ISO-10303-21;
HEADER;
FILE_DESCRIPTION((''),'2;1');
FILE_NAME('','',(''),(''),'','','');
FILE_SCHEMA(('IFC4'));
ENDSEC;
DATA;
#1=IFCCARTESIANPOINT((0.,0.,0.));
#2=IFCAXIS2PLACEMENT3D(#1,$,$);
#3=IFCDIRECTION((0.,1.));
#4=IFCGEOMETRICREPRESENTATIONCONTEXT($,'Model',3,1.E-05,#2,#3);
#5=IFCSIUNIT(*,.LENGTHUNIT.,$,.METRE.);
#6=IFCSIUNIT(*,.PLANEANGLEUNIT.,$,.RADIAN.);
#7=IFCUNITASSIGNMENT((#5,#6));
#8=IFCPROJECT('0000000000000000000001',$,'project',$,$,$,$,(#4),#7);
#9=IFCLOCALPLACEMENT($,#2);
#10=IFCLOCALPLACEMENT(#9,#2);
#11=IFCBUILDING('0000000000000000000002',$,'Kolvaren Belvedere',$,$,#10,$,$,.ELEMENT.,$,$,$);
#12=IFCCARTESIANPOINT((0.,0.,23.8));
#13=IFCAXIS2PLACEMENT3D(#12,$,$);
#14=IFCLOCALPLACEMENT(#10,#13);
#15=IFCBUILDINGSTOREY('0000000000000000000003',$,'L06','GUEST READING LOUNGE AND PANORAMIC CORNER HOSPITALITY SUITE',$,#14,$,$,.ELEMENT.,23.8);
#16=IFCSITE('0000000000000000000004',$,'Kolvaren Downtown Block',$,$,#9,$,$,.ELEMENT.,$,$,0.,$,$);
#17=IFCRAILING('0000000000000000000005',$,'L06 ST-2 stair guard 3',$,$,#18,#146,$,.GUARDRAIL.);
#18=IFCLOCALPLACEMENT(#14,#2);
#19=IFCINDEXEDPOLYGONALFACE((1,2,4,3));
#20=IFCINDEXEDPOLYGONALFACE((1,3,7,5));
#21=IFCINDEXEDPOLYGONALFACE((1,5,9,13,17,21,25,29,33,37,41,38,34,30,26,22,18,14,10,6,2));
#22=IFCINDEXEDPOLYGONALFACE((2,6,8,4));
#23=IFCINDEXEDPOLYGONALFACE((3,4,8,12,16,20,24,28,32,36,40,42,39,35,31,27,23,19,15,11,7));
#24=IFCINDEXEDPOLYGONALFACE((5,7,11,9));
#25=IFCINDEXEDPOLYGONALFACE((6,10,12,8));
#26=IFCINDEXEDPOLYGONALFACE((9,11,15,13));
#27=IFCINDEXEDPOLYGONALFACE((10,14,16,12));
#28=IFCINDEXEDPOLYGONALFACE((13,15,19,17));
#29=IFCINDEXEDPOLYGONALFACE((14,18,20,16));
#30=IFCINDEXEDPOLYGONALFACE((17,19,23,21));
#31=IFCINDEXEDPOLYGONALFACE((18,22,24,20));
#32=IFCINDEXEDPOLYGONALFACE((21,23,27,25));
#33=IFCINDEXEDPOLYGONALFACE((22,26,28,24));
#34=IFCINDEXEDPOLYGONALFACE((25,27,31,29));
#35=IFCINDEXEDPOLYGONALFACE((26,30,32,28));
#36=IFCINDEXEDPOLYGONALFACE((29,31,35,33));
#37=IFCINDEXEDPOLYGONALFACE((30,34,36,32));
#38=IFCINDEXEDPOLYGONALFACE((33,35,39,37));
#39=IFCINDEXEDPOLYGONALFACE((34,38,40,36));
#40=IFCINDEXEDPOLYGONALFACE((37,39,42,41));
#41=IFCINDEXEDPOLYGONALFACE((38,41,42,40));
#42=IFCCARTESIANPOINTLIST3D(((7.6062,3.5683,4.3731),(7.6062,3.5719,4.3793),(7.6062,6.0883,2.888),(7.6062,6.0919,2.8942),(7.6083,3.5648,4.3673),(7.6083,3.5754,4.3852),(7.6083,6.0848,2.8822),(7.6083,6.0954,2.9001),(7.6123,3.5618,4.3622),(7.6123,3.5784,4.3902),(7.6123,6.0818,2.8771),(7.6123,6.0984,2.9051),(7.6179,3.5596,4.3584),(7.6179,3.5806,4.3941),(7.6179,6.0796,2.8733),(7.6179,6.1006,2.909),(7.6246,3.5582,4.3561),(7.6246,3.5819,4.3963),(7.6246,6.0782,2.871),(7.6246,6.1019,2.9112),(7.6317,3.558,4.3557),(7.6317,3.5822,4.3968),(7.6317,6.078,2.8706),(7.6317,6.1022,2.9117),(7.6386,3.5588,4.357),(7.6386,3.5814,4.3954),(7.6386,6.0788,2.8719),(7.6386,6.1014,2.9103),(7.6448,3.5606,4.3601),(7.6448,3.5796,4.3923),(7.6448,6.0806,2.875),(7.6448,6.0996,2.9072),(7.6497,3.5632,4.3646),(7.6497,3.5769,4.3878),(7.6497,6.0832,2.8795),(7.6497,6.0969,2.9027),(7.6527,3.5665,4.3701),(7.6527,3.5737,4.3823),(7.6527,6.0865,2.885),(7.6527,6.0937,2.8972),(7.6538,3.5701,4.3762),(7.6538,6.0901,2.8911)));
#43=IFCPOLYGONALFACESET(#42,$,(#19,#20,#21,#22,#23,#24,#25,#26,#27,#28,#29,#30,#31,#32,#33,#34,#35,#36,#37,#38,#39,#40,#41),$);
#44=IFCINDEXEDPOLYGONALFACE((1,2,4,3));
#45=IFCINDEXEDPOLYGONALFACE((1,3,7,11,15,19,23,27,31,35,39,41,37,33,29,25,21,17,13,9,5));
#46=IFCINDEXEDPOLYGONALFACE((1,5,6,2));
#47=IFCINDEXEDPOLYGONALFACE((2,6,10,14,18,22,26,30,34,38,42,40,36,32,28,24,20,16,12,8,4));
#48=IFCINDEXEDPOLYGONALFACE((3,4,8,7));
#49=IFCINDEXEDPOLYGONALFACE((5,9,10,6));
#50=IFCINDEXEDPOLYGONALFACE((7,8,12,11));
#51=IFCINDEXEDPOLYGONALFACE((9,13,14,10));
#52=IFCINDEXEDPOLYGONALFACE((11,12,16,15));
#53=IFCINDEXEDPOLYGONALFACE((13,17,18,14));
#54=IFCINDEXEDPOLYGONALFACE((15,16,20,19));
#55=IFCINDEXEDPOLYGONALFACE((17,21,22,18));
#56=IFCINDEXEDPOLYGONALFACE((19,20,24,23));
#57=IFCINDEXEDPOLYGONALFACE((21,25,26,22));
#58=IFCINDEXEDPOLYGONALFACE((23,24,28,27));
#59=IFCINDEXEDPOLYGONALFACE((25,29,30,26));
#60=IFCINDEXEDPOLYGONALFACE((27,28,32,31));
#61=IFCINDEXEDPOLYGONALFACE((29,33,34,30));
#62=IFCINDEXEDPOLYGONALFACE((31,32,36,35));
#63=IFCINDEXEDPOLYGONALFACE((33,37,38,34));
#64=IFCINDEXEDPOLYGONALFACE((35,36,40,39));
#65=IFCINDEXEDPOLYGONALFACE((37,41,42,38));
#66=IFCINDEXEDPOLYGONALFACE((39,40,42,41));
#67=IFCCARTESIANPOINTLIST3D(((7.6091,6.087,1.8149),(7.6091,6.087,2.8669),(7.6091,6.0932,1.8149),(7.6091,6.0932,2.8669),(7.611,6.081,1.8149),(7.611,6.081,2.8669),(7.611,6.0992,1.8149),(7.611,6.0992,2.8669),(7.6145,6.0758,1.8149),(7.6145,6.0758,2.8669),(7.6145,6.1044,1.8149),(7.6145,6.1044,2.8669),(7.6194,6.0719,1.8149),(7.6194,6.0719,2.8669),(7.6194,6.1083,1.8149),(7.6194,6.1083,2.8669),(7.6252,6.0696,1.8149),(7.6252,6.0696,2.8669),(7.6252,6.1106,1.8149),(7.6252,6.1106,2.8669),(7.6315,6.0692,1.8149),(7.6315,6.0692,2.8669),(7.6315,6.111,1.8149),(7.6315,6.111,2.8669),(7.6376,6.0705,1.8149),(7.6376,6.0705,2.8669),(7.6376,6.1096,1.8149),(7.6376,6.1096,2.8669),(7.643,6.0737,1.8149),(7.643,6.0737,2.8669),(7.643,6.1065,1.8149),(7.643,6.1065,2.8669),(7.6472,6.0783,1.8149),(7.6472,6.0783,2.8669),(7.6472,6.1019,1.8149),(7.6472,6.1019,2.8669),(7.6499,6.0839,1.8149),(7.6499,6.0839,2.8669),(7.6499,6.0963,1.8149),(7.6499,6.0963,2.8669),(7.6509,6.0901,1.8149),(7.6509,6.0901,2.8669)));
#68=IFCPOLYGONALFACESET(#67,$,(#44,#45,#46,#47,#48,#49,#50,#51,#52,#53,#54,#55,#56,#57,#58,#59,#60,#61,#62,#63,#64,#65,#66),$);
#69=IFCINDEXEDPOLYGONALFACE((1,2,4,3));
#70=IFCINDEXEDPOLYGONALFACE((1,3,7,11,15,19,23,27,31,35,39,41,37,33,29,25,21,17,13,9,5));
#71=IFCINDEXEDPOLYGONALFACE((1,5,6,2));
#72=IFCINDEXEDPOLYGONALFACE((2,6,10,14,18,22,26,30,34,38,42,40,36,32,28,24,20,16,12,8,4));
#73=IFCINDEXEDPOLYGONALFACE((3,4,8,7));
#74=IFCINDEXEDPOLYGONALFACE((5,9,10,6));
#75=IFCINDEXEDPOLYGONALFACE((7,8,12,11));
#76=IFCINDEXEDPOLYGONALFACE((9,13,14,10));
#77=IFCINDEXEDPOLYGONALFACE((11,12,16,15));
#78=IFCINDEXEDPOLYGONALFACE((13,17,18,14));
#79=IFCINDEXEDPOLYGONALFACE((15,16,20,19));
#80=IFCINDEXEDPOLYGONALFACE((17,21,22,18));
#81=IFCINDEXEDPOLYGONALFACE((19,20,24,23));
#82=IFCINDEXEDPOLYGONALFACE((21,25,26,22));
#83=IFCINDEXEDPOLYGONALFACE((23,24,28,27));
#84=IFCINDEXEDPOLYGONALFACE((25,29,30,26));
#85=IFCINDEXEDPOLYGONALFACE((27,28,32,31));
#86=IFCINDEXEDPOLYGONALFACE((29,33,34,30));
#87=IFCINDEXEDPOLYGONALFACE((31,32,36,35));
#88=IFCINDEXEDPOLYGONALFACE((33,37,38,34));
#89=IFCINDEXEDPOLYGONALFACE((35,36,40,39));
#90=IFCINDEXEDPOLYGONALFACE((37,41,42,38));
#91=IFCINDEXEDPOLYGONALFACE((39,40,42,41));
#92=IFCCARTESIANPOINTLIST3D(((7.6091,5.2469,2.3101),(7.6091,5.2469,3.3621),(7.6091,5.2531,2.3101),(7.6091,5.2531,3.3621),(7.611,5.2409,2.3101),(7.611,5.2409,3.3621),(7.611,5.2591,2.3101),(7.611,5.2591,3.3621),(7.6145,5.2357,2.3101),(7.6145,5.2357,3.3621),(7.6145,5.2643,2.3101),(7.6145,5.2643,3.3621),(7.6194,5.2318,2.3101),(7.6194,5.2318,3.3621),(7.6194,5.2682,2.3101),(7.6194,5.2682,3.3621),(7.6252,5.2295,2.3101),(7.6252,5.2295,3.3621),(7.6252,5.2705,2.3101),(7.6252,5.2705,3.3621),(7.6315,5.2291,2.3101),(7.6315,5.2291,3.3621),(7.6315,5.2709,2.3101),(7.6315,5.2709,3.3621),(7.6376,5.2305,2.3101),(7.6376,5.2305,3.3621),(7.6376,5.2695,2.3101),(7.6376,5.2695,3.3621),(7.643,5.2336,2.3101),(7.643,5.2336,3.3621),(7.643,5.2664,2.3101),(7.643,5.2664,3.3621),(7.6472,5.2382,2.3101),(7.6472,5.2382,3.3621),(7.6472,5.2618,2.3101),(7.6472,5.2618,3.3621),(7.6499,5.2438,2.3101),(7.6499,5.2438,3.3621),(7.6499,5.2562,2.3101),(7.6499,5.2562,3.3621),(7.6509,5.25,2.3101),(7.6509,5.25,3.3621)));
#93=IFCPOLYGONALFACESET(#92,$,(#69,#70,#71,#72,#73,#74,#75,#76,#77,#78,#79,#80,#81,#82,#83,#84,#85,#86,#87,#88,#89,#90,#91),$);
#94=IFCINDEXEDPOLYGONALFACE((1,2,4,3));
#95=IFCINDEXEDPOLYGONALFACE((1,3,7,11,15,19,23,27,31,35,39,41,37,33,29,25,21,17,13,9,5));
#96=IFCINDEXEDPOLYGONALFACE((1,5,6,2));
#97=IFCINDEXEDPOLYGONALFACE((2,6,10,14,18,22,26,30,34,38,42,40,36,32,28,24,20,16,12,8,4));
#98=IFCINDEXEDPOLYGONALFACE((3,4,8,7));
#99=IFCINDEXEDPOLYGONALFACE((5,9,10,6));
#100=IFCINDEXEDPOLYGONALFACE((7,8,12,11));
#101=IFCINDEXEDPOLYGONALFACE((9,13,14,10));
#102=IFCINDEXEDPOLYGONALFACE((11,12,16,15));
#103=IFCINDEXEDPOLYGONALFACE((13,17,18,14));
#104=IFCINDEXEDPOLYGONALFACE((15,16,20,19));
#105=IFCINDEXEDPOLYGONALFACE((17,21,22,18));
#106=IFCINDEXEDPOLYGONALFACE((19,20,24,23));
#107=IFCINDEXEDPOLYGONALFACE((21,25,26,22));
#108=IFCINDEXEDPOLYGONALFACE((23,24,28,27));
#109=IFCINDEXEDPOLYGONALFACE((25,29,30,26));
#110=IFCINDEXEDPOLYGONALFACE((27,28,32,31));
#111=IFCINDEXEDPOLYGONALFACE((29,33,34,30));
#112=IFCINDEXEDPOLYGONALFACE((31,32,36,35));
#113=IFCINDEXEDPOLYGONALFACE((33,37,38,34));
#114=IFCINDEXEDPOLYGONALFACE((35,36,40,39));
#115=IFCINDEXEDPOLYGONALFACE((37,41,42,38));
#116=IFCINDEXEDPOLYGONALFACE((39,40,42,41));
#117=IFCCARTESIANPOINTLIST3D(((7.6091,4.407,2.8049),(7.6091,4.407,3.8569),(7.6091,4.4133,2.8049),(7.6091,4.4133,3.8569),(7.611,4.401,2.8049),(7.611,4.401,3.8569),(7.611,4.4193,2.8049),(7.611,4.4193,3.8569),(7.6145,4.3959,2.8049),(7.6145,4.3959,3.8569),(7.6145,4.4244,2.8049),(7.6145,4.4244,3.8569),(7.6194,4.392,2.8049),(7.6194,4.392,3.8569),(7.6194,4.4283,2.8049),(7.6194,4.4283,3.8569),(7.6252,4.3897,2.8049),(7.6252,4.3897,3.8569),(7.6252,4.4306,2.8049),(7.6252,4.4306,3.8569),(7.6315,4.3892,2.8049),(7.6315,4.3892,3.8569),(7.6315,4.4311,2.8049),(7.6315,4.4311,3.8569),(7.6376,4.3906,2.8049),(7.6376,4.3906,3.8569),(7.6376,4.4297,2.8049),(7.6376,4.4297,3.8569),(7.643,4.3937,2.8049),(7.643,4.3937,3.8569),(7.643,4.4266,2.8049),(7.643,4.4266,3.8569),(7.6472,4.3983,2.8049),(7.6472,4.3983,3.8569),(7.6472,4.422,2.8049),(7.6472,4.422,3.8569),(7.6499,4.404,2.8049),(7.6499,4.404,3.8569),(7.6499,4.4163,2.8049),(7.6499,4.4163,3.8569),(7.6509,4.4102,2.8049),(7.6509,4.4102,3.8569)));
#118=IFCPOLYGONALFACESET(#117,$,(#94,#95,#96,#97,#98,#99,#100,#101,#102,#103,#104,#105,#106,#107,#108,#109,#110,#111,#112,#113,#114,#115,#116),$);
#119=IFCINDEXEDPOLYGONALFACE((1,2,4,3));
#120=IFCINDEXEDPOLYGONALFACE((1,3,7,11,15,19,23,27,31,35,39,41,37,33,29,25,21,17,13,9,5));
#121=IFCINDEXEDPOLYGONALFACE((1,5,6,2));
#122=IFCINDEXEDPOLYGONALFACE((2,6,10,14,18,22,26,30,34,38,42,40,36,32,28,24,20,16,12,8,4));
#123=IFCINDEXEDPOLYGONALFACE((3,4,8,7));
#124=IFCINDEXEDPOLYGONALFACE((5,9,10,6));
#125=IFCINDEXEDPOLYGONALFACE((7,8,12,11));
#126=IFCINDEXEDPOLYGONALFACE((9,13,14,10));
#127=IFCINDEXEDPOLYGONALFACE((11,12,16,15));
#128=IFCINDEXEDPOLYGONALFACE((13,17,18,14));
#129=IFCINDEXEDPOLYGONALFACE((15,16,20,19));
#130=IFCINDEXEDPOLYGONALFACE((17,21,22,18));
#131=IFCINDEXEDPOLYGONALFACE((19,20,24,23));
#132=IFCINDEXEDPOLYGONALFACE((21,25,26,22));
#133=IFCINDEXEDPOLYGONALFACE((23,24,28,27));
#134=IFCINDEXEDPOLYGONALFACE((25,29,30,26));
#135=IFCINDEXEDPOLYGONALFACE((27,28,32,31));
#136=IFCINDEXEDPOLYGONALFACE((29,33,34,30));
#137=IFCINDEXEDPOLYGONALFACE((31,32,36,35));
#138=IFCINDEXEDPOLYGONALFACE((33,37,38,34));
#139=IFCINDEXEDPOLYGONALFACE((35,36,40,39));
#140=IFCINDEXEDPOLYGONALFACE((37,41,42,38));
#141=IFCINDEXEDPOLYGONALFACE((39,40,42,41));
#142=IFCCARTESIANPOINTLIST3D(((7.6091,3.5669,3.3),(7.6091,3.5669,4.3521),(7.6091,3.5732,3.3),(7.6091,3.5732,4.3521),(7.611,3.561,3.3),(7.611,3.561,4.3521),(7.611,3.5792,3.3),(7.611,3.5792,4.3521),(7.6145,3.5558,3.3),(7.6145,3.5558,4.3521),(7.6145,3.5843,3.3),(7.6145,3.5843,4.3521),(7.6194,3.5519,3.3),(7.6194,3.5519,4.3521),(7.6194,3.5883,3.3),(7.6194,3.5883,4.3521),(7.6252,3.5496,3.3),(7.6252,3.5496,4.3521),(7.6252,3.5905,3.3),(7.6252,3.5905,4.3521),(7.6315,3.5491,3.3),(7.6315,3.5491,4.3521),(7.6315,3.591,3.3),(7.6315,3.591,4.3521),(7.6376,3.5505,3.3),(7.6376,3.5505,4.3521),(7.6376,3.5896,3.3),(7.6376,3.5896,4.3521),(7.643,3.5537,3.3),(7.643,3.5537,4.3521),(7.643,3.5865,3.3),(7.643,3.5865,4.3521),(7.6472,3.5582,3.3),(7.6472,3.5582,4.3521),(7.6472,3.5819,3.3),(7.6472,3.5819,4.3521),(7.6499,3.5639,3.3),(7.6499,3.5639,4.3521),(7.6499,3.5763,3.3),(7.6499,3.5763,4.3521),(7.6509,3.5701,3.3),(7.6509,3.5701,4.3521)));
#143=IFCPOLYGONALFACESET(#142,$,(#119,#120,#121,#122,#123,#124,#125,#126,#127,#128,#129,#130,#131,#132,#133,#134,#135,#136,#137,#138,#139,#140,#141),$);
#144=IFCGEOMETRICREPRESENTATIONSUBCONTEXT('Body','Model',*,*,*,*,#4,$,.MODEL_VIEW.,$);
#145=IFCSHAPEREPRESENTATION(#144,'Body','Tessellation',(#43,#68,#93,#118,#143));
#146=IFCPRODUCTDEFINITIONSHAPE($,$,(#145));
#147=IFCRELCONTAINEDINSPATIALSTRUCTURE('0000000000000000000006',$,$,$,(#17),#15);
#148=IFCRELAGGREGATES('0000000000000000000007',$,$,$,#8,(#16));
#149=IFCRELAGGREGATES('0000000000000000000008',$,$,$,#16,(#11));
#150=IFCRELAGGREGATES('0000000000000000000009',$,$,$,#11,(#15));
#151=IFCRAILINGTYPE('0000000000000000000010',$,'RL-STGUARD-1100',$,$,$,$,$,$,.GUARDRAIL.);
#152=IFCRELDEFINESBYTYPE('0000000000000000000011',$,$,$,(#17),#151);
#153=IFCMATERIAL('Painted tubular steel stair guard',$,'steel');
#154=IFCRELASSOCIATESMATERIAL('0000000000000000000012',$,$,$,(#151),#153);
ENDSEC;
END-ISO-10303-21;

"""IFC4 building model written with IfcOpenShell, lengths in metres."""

from ifc_helpers import new_model, si_unit, direction, frame, origin, origin_2d, place, context, subcontext, project, spatial, circle, extrude, material, type_object, element, save


model = new_model("IFC4")

# Units and contexts
model_context = context("Model", 3, precision=1e-05, world=origin(), true_north=direction((0.0, 1.0)))
body_context = subcontext(model_context, "Body", "Model", "MODEL_VIEW")
ifc_project = project(units=[si_unit("LENGTHUNIT", "METRE"), si_unit("PLANEANGLEUNIT", "RADIAN")], contexts=[model_context])

# Site, building, storey
site_placement = place(None, origin())
site = spatial("IfcSite", under=ifc_project, at=site_placement, Name="Kolvaren Downtown Block", CompositionType="ELEMENT", RefElevation=0.0)
building_placement = place(site_placement, origin())
building = spatial("IfcBuilding", under=site, at=building_placement, Name="Kolvaren Belvedere", CompositionType="ELEMENT")
storey_placement = place(building_placement, frame((0.0, 0.0, 23.8)))
storey = spatial("IfcBuildingStorey", under=building, at=storey_placement, Name="L06", Description="GUEST READING LOUNGE AND PANORAMIC CORNER HOSPITALITY SUITE", CompositionType="ELEMENT", Elevation=23.8)

# Railing
ifc_material_1 = material(Name="Painted tubular steel stair guard", Category="steel")
railing_type_1 = type_object("IfcRailingType", Name="RL-STGUARD-1100", PredefinedType="GUARDRAIL", material=ifc_material_1)
railing_1_placement = place(storey_placement, frame((7.6299, 6.0901, 1.8149)))
element("IfcRailing", 1, at=railing_1_placement, inside=storey, type_object=railing_type_1, Name="L06 ST-2 stair guard 3", PredefinedType="GUARDRAIL", context=body_context, shape_type="SweptSolid", body=[
    extrude(circle(Radius=0.0239, at=origin_2d()), frame((0.0, 0.0, 1.0762), z_axis=(0.0, -0.861524, 0.507717), x_axis=(1.0, 0.0, 0.0)), (0.0, 0.0, 1.0), 2.925),
    extrude(circle(Radius=0.021, at=origin_2d()), origin(), (0.0, 0.0, 1.0), 1.052),
    extrude(circle(Radius=0.021, at=origin_2d()), frame((0.0, -0.8401, 0.4951)), (0.0, 0.0, 1.0), 1.052),
    extrude(circle(Radius=0.021, at=origin_2d()), frame((0.0, -1.6799, 0.99)), (0.0, 0.0, 1.0), 1.052),
    extrude(circle(Radius=0.021, at=origin_2d()), frame((0.0, -2.52, 1.4851)), (0.0, 0.0, 1.0), 1.052),
])

save(model, "model.ifc")
